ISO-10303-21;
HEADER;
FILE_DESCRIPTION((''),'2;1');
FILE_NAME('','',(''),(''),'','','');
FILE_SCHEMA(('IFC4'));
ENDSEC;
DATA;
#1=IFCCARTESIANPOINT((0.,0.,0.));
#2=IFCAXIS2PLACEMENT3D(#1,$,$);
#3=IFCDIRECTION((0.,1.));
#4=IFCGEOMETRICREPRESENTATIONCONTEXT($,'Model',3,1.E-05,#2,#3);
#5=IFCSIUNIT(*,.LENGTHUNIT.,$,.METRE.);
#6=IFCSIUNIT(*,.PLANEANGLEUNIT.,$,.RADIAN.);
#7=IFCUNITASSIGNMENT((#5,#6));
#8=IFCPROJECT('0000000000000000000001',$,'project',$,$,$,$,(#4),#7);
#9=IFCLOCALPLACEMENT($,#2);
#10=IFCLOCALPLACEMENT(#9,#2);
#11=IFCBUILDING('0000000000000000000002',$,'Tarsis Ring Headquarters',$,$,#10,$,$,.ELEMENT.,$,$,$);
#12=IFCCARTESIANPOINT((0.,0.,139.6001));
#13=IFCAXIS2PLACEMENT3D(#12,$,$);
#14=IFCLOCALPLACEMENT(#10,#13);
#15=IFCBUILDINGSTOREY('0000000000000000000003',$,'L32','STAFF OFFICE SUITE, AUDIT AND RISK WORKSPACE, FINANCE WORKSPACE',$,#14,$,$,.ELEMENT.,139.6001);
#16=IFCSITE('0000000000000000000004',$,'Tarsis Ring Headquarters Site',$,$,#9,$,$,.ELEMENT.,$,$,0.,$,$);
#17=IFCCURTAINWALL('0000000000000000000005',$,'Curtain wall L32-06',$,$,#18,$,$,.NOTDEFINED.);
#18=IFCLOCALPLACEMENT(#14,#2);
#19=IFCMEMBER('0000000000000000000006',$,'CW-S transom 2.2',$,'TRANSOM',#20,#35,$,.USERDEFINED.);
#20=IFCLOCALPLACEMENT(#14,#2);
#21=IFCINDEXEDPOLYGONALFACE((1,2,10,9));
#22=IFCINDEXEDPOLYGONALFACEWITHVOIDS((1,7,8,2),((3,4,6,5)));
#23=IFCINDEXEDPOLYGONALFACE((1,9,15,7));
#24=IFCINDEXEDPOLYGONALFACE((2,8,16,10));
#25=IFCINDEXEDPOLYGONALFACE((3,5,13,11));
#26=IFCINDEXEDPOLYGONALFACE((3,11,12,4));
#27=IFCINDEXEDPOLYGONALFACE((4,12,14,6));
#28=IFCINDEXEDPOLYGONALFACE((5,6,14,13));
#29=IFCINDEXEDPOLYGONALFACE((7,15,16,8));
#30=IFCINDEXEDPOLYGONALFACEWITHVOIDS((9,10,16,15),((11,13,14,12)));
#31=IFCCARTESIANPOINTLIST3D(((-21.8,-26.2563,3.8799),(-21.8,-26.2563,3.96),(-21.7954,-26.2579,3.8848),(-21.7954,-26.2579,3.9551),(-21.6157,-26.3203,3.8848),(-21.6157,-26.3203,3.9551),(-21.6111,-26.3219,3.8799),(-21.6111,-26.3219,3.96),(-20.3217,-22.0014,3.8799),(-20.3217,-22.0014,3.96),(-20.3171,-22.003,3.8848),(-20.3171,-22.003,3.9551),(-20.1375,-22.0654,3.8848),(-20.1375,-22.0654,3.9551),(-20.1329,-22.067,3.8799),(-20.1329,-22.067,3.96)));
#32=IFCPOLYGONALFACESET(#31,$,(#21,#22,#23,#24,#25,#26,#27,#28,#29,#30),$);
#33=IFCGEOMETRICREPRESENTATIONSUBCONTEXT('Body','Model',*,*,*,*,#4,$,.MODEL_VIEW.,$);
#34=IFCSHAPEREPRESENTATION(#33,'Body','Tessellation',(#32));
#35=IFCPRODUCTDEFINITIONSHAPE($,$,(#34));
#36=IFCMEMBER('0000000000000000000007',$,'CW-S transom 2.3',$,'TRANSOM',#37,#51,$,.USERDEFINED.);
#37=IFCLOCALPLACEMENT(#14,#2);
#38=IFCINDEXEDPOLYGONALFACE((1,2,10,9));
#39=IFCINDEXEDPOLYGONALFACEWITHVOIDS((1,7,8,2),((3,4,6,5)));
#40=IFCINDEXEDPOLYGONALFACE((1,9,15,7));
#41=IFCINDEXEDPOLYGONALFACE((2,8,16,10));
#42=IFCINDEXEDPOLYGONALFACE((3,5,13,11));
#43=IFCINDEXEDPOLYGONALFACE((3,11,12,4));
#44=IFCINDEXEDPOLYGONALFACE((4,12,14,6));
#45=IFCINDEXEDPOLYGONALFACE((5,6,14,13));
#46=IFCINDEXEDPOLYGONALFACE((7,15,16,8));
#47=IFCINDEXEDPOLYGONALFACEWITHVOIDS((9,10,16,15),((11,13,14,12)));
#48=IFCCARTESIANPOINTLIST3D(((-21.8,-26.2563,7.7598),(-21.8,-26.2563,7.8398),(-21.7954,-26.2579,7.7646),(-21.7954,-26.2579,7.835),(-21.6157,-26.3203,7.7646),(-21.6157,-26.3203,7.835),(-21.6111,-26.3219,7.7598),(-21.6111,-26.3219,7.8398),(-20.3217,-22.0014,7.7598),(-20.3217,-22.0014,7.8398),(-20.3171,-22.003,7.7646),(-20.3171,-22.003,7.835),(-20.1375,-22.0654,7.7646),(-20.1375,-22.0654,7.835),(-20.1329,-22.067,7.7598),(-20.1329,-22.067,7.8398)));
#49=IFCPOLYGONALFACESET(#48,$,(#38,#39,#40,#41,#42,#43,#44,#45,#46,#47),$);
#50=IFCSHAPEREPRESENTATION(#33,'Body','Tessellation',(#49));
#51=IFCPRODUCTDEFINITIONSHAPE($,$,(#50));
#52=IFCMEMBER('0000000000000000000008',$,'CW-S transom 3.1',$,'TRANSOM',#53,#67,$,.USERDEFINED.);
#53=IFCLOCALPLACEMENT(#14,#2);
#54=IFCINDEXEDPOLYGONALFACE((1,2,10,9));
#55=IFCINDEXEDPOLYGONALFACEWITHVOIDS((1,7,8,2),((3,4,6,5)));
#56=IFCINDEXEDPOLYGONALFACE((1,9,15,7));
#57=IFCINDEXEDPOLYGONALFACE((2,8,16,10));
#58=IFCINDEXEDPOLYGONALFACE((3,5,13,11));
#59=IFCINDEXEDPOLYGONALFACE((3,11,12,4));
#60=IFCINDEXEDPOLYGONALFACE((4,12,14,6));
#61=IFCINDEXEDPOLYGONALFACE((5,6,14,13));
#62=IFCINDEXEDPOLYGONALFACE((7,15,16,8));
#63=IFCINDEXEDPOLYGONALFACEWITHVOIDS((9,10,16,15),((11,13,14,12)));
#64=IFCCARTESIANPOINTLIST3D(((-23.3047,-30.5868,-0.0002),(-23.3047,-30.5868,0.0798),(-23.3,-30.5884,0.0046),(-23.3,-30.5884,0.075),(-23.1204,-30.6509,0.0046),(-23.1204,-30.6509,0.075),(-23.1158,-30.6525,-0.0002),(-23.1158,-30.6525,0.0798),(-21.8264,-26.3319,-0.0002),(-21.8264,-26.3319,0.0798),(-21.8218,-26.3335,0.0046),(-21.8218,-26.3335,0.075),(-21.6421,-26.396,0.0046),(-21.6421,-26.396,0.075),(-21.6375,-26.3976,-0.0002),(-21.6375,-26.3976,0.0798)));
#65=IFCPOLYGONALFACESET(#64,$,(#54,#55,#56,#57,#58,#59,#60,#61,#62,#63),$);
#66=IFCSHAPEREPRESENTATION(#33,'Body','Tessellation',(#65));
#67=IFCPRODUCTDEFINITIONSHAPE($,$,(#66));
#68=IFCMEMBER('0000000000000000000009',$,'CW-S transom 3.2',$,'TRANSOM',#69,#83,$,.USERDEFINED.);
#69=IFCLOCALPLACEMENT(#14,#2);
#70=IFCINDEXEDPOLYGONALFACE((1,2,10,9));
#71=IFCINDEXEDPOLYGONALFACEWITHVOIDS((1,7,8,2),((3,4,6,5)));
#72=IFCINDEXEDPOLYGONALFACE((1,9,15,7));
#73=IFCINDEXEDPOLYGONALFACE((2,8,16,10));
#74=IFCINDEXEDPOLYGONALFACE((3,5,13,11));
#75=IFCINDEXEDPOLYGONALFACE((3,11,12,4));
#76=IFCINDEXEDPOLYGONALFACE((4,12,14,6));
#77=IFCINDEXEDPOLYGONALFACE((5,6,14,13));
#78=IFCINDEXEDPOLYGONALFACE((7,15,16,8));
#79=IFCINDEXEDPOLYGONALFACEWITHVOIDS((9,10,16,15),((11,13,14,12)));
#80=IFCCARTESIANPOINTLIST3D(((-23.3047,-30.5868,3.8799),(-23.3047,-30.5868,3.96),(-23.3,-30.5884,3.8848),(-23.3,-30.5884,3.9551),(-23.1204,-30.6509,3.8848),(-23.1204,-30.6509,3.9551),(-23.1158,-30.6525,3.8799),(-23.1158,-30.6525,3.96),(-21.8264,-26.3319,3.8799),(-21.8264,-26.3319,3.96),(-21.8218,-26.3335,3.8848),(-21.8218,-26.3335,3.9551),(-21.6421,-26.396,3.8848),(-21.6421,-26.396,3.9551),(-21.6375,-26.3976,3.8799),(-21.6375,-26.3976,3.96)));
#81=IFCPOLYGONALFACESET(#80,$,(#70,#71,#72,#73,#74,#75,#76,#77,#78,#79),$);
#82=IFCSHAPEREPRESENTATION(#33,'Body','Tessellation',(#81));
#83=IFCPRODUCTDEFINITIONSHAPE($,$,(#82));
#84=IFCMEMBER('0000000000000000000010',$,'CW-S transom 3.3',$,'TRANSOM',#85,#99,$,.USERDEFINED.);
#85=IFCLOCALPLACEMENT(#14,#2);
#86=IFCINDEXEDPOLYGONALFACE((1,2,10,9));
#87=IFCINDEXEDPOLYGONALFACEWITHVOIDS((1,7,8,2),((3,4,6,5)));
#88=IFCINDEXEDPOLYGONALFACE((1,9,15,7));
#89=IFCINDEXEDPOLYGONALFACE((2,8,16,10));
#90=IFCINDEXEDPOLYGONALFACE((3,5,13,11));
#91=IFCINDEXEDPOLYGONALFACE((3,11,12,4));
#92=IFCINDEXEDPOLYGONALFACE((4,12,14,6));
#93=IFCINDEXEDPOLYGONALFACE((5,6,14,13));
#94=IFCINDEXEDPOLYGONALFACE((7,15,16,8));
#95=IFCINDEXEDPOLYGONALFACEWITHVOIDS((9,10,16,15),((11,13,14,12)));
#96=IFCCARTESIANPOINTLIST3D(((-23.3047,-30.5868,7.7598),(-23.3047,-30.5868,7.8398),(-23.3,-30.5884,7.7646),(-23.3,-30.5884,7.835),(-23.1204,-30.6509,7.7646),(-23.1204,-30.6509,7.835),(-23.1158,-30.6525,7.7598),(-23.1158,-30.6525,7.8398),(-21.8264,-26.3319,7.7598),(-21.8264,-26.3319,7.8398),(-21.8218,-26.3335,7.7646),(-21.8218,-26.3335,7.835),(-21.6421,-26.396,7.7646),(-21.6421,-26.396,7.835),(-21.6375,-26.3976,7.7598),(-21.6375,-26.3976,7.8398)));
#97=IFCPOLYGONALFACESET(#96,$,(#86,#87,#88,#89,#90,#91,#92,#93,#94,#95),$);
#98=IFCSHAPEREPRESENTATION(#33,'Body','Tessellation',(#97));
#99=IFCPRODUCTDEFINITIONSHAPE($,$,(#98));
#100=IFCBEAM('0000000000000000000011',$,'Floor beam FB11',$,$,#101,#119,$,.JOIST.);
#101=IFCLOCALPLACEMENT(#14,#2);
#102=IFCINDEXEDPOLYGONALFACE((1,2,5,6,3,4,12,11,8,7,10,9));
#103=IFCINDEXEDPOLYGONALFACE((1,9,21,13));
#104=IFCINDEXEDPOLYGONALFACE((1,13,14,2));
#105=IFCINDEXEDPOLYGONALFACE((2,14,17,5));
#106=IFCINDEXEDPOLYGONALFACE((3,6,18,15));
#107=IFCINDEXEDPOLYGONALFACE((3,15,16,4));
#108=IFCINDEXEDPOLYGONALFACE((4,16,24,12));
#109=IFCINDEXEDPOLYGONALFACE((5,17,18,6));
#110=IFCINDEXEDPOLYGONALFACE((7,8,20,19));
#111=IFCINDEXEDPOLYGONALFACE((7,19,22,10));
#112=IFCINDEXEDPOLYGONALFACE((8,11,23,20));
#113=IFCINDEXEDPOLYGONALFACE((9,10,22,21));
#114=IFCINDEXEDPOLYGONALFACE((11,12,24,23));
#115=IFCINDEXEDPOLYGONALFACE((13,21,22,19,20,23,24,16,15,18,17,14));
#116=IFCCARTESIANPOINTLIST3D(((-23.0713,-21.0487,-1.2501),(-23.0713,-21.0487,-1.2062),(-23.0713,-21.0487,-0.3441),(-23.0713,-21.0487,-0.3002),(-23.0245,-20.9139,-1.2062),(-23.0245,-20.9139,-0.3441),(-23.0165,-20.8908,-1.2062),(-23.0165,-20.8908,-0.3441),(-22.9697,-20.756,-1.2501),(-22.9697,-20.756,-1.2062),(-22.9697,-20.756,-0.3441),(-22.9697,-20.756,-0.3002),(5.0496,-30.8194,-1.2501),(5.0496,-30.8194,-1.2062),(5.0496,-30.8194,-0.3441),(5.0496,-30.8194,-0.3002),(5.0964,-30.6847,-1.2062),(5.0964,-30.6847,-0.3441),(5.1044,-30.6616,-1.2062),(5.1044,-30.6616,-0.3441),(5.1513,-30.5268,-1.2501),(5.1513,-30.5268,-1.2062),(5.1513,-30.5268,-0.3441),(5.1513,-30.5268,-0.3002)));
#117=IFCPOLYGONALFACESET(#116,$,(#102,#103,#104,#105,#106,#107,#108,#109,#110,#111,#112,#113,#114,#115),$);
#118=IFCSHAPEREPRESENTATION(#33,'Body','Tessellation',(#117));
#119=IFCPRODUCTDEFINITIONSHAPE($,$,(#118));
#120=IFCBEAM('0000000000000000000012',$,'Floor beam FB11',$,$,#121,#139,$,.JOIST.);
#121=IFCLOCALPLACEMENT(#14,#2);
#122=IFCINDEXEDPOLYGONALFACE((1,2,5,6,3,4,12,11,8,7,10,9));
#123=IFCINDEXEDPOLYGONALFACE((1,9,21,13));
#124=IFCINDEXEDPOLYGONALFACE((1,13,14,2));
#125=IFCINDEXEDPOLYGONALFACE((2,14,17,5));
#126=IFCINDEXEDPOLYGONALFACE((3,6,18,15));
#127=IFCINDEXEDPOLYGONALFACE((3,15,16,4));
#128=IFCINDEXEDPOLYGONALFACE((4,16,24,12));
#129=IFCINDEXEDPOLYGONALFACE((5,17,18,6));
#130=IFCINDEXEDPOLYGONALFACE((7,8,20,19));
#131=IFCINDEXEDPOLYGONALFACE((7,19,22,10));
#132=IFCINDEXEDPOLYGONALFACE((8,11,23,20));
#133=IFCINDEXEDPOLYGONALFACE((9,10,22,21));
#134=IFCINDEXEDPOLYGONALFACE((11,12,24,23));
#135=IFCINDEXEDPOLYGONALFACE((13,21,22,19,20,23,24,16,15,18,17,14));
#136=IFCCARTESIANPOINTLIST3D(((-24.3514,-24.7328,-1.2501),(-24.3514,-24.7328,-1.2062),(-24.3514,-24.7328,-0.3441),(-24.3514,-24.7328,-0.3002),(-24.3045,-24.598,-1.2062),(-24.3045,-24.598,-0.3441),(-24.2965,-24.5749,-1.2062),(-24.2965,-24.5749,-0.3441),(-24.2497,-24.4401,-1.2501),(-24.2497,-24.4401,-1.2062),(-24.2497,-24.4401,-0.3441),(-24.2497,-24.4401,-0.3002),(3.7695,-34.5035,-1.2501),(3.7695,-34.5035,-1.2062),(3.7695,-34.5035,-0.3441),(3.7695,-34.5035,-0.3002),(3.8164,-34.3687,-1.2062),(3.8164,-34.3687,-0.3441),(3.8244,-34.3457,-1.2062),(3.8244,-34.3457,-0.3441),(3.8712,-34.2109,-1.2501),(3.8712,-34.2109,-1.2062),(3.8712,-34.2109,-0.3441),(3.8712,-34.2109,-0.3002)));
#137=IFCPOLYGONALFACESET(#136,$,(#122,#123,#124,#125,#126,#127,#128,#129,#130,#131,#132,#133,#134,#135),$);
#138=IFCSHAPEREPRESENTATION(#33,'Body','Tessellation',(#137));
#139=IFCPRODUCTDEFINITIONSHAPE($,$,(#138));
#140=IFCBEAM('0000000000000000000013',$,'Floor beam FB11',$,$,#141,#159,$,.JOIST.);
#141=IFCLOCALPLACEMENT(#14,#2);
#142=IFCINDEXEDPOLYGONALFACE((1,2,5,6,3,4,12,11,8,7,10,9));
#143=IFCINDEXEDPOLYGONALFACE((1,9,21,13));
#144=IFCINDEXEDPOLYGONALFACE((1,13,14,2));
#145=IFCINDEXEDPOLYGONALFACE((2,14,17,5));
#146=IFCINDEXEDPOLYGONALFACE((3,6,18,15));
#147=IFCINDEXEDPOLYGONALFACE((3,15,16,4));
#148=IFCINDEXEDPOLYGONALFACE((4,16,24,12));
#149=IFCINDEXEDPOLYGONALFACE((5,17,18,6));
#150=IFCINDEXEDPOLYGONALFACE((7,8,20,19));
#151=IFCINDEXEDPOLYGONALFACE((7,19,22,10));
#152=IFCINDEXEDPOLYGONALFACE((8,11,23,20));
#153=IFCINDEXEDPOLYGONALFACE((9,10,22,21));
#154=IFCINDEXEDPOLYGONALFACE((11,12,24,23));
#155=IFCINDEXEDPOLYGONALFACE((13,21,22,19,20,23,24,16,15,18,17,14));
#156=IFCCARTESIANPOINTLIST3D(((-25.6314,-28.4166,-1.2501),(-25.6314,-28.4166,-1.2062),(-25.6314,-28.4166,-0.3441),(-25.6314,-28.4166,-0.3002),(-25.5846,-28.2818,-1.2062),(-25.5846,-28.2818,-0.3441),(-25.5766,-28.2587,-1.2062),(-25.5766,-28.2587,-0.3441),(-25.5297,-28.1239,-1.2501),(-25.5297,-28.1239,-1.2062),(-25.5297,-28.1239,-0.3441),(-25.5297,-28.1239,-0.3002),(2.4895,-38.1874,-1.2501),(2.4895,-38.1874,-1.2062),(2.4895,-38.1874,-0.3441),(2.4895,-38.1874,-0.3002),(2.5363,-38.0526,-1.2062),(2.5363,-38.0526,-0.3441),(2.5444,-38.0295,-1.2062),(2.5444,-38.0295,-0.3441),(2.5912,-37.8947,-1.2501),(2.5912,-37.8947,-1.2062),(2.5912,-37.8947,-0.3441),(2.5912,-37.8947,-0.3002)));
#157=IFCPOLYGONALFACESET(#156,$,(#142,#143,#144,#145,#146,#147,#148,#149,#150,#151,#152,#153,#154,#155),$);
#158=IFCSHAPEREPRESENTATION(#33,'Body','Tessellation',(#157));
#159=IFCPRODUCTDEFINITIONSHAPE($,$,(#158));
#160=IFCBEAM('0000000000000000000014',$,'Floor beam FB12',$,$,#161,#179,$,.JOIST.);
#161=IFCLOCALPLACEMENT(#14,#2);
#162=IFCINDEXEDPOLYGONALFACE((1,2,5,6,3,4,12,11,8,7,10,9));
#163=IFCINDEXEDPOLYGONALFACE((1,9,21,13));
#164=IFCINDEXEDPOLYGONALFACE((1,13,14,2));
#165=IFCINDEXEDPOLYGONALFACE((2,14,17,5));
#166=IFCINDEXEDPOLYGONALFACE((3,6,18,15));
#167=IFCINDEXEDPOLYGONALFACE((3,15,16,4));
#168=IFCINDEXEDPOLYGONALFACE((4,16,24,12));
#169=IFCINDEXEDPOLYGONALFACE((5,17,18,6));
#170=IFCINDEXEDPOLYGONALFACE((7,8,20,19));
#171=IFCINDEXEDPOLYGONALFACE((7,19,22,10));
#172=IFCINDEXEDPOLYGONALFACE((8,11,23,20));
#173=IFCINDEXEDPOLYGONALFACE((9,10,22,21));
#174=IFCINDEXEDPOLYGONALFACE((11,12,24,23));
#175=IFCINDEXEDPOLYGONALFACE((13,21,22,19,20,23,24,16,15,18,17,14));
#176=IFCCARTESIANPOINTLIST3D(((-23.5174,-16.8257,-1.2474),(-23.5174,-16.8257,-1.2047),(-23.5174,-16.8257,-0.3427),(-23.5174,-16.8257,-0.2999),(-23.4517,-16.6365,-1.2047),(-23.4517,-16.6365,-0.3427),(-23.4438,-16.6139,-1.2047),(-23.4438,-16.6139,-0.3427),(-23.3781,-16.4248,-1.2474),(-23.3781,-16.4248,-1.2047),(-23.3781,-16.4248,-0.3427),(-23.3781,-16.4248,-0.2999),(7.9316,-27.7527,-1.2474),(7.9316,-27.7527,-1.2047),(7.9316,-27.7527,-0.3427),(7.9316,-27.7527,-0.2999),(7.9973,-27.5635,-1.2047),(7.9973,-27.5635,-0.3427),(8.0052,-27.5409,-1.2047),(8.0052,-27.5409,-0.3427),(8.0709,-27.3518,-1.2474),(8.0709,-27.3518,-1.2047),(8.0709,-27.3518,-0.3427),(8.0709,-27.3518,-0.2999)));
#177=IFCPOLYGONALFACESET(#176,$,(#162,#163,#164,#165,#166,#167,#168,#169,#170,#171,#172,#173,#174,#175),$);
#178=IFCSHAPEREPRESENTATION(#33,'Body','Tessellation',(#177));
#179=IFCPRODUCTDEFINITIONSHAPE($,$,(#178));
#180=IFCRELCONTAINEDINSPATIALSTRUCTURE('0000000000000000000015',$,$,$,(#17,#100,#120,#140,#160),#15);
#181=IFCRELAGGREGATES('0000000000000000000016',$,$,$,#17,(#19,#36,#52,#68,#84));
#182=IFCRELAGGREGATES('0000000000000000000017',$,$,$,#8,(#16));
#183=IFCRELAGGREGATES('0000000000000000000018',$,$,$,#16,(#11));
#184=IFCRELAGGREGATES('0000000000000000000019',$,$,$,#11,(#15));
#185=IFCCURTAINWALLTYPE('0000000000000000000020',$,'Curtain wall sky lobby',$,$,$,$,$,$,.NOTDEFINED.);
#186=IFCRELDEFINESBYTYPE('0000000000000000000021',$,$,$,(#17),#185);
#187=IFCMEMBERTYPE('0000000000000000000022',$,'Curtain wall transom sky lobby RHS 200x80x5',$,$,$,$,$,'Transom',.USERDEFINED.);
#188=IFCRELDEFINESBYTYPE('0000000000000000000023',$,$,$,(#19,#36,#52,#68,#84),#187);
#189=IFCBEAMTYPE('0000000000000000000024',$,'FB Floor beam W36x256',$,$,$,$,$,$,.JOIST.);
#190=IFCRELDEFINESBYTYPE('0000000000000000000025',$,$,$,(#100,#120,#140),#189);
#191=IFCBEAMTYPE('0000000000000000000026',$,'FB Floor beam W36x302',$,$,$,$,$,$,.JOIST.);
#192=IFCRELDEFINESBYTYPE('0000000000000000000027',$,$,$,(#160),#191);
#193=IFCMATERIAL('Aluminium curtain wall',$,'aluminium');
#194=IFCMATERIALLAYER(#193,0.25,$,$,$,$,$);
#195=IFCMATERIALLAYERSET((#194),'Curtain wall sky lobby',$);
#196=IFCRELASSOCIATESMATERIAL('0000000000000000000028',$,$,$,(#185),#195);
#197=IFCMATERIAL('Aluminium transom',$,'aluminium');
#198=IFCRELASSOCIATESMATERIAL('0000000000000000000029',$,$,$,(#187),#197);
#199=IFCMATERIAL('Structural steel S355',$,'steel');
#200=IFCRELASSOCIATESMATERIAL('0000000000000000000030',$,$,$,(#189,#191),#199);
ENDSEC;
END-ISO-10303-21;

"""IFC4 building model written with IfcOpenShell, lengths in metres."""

from ifc_helpers import new_model, si_unit, direction, frame, origin, origin_2d, place, context, subcontext, project, spatial, hollow_rectangle, i_section, extrude, material, layer, layer_set, material_profile, profile_set, type_object, element, aggregate, save


model = new_model("IFC4")

# Units and contexts
model_context = context("Model", 3, precision=1e-05, world=origin(), true_north=direction((0.0, 1.0)))
body_context = subcontext(model_context, "Body", "Model", "MODEL_VIEW")
ifc_project = project(units=[si_unit("LENGTHUNIT", "METRE"), si_unit("PLANEANGLEUNIT", "RADIAN")], contexts=[model_context])

# Site, building, storey
site_placement = place(None, origin())
site = spatial("IfcSite", under=ifc_project, at=site_placement, Name="Tarsis Ring Headquarters Site", CompositionType="ELEMENT", RefElevation=0.0)
building_placement = place(site_placement, origin())
building = spatial("IfcBuilding", under=site, at=building_placement, Name="Tarsis Ring Headquarters", CompositionType="ELEMENT")
storey_placement = place(building_placement, frame((0.0, 0.0, 139.6001)))
storey = spatial("IfcBuildingStorey", under=building, at=storey_placement, Name="L32", Description="STAFF OFFICE SUITE, AUDIT AND RISK WORKSPACE, FINANCE WORKSPACE", CompositionType="ELEMENT", Elevation=139.6001)

# Shared definitions
ifc_material_1 = material(Name="Structural steel S355", Category="steel")

# Curtain wall
ifc_material_2 = material(Name="Aluminium curtain wall", Category="aluminium")
ifc_layer_1 = layer(ifc_material_2, 0.25)
ifc_layer_set_1 = layer_set([ifc_layer_1], Name="Curtain wall sky lobby")
curtain_wall_type = type_object("IfcCurtainWallType", Name="Curtain wall sky lobby", PredefinedType="NOTDEFINED", material=ifc_layer_set_1)
curtain_wall_1_placement = place(storey_placement, origin())
curtain_wall_1 = element("IfcCurtainWall", 1, at=curtain_wall_1_placement, inside=storey, type_object=curtain_wall_type, Name="Curtain wall L32-06", PredefinedType="NOTDEFINED")
ifc_material_3 = material(Name="Aluminium transom", Category="aluminium")
ifc_material_profile_1 = material_profile(ifc_material_3, hollow_rectangle(XDim=0.2, YDim=0.0801, WallThickness=0.0049, at=origin_2d()), Name="RHS 200x80x5")
ifc_profile_set_1 = profile_set([ifc_material_profile_1], Name="Aluminium transom")
member_type_1 = type_object("IfcMemberType", Name="Curtain wall transom sky lobby RHS 200x80x5", ElementType="Transom", PredefinedType="USERDEFINED", material=ifc_profile_set_1)

# Members
member_1_placement = place(storey_placement, frame((-20.2273, -22.0342, 3.9199), z_axis=(-0.328186, -0.944613, 0.0), x_axis=(0.944613, -0.328186, 0.0)))
member_1 = element("IfcMember", 2, at=member_1_placement, type_object=member_type_1, Name="CW-S transom 2.2", ObjectType="TRANSOM", PredefinedType="USERDEFINED", context=body_context, shape_type="SweptSolid", body=[
    extrude(hollow_rectangle(XDim=0.2, YDim=0.0801, WallThickness=0.0049, at=origin_2d()), origin(), (0.0, 0.0, 1.0), 4.5044),
])
member_2_placement = place(storey_placement, frame((-20.2273, -22.0342, 7.7998), z_axis=(-0.328186, -0.944613, 0.0), x_axis=(0.944613, -0.328186, 0.0)))
member_2 = element("IfcMember", 3, at=member_2_placement, type_object=member_type_1, Name="CW-S transom 2.3", ObjectType="TRANSOM", PredefinedType="USERDEFINED", context=body_context, shape_type="SweptSolid", body=[
    extrude(hollow_rectangle(XDim=0.2, YDim=0.0801, WallThickness=0.0049, at=origin_2d()), origin(), (0.0, 0.0, 1.0), 4.5044),
])
member_3_placement = place(storey_placement, frame((-21.7319, -26.3647, 0.0398), z_axis=(-0.328186, -0.944613, 0.0), x_axis=(0.944613, -0.328186, 0.0)))
member_3 = element("IfcMember", 4, at=member_3_placement, type_object=member_type_1, Name="CW-S transom 3.1", ObjectType="TRANSOM", PredefinedType="USERDEFINED", context=body_context, shape_type="SweptSolid", body=[
    extrude(hollow_rectangle(XDim=0.2, YDim=0.0801, WallThickness=0.0049, at=origin_2d()), origin(), (0.0, 0.0, 1.0), 4.5044),
])
member_4_placement = place(storey_placement, frame((-21.7319, -26.3647, 3.9199), z_axis=(-0.328186, -0.944613, 0.0), x_axis=(0.944613, -0.328186, 0.0)))
member_4 = element("IfcMember", 5, at=member_4_placement, type_object=member_type_1, Name="CW-S transom 3.2", ObjectType="TRANSOM", PredefinedType="USERDEFINED", context=body_context, shape_type="SweptSolid", body=[
    extrude(hollow_rectangle(XDim=0.2, YDim=0.0801, WallThickness=0.0049, at=origin_2d()), origin(), (0.0, 0.0, 1.0), 4.5044),
])
member_5_placement = place(storey_placement, frame((-21.7319, -26.3647, 7.7998), z_axis=(-0.328186, -0.944613, 0.0), x_axis=(0.944613, -0.328186, 0.0)))
member_5 = element("IfcMember", 6, at=member_5_placement, type_object=member_type_1, Name="CW-S transom 3.3", ObjectType="TRANSOM", PredefinedType="USERDEFINED", context=body_context, shape_type="SweptSolid", body=[
    extrude(hollow_rectangle(XDim=0.2, YDim=0.0801, WallThickness=0.0049, at=origin_2d()), origin(), (0.0, 0.0, 1.0), 4.5044),
])

# Beams
ifc_material_profile_2 = material_profile(ifc_material_1, i_section(OverallWidth=0.3098, OverallDepth=0.95, WebThickness=0.0244, FlangeThickness=0.0439, at=origin_2d()), Name="W36x256")
ifc_profile_set_2 = profile_set([ifc_material_profile_2], Name="Structural steel S355")
beam_type_1 = type_object("IfcBeamType", Name="FB Floor beam W36x256", PredefinedType="JOIST", material=ifc_profile_set_2)
for number, where, z_axis, x_axis, name in (
    (7, (-23.0205, -20.9023, -0.7751), (0.944605, -0.328209, 0.0), (0.328209, 0.944605, 0.0), "Floor beam FB11"),
    (8, (-24.3005, -24.5864, -0.7751), (0.944605, -0.328209, 0.0), (0.328209, 0.944605, 0.0), "Floor beam FB11"),
    (9, (-25.5806, -28.2703, -0.7751), (0.944605, -0.328209, 0.0), (0.328209, 0.944605, 0.0), "Floor beam FB11"),
):
    element("IfcBeam", number, at=place(storey_placement, frame(where, z_axis=z_axis, x_axis=x_axis)), inside=storey, type_object=beam_type_1, Name=name, PredefinedType="JOIST", context=body_context, shape_type="SweptSolid", body=[
        extrude(i_section(OverallWidth=0.3098, OverallDepth=0.95, WebThickness=0.0244, FlangeThickness=0.0439, at=origin_2d()), origin(), (0.0, 0.0, 1.0), 29.77),
    ])
ifc_material_profile_3 = material_profile(ifc_material_1, i_section(OverallWidth=0.4243, OverallDepth=0.9475, WebThickness=0.0239, FlangeThickness=0.0427, at=origin_2d()), Name="W36x302")
ifc_profile_set_3 = profile_set([ifc_material_profile_3], Name="Structural steel S355")
beam_type_2 = type_object("IfcBeamType", Name="FB Floor beam W36x302", PredefinedType="JOIST", material=ifc_profile_set_3)
beam_1_placement = place(storey_placement, frame((-23.4478, -16.6252, -0.7737), z_axis=(0.944606, -0.328205, 0.0), x_axis=(0.328205, 0.944606, 0.0)))
element("IfcBeam", 10, at=beam_1_placement, inside=storey, type_object=beam_type_2, Name="Floor beam FB12", PredefinedType="JOIST", context=body_context, shape_type="SweptSolid", body=[
    extrude(i_section(OverallWidth=0.4243, OverallDepth=0.9475, WebThickness=0.0239, FlangeThickness=0.0427, at=origin_2d()), origin(), (0.0, 0.0, 1.0), 33.2932),
])

aggregate(curtain_wall_1, [member_1, member_2, member_3, member_4, member_5])

save(model, "model.ifc")
